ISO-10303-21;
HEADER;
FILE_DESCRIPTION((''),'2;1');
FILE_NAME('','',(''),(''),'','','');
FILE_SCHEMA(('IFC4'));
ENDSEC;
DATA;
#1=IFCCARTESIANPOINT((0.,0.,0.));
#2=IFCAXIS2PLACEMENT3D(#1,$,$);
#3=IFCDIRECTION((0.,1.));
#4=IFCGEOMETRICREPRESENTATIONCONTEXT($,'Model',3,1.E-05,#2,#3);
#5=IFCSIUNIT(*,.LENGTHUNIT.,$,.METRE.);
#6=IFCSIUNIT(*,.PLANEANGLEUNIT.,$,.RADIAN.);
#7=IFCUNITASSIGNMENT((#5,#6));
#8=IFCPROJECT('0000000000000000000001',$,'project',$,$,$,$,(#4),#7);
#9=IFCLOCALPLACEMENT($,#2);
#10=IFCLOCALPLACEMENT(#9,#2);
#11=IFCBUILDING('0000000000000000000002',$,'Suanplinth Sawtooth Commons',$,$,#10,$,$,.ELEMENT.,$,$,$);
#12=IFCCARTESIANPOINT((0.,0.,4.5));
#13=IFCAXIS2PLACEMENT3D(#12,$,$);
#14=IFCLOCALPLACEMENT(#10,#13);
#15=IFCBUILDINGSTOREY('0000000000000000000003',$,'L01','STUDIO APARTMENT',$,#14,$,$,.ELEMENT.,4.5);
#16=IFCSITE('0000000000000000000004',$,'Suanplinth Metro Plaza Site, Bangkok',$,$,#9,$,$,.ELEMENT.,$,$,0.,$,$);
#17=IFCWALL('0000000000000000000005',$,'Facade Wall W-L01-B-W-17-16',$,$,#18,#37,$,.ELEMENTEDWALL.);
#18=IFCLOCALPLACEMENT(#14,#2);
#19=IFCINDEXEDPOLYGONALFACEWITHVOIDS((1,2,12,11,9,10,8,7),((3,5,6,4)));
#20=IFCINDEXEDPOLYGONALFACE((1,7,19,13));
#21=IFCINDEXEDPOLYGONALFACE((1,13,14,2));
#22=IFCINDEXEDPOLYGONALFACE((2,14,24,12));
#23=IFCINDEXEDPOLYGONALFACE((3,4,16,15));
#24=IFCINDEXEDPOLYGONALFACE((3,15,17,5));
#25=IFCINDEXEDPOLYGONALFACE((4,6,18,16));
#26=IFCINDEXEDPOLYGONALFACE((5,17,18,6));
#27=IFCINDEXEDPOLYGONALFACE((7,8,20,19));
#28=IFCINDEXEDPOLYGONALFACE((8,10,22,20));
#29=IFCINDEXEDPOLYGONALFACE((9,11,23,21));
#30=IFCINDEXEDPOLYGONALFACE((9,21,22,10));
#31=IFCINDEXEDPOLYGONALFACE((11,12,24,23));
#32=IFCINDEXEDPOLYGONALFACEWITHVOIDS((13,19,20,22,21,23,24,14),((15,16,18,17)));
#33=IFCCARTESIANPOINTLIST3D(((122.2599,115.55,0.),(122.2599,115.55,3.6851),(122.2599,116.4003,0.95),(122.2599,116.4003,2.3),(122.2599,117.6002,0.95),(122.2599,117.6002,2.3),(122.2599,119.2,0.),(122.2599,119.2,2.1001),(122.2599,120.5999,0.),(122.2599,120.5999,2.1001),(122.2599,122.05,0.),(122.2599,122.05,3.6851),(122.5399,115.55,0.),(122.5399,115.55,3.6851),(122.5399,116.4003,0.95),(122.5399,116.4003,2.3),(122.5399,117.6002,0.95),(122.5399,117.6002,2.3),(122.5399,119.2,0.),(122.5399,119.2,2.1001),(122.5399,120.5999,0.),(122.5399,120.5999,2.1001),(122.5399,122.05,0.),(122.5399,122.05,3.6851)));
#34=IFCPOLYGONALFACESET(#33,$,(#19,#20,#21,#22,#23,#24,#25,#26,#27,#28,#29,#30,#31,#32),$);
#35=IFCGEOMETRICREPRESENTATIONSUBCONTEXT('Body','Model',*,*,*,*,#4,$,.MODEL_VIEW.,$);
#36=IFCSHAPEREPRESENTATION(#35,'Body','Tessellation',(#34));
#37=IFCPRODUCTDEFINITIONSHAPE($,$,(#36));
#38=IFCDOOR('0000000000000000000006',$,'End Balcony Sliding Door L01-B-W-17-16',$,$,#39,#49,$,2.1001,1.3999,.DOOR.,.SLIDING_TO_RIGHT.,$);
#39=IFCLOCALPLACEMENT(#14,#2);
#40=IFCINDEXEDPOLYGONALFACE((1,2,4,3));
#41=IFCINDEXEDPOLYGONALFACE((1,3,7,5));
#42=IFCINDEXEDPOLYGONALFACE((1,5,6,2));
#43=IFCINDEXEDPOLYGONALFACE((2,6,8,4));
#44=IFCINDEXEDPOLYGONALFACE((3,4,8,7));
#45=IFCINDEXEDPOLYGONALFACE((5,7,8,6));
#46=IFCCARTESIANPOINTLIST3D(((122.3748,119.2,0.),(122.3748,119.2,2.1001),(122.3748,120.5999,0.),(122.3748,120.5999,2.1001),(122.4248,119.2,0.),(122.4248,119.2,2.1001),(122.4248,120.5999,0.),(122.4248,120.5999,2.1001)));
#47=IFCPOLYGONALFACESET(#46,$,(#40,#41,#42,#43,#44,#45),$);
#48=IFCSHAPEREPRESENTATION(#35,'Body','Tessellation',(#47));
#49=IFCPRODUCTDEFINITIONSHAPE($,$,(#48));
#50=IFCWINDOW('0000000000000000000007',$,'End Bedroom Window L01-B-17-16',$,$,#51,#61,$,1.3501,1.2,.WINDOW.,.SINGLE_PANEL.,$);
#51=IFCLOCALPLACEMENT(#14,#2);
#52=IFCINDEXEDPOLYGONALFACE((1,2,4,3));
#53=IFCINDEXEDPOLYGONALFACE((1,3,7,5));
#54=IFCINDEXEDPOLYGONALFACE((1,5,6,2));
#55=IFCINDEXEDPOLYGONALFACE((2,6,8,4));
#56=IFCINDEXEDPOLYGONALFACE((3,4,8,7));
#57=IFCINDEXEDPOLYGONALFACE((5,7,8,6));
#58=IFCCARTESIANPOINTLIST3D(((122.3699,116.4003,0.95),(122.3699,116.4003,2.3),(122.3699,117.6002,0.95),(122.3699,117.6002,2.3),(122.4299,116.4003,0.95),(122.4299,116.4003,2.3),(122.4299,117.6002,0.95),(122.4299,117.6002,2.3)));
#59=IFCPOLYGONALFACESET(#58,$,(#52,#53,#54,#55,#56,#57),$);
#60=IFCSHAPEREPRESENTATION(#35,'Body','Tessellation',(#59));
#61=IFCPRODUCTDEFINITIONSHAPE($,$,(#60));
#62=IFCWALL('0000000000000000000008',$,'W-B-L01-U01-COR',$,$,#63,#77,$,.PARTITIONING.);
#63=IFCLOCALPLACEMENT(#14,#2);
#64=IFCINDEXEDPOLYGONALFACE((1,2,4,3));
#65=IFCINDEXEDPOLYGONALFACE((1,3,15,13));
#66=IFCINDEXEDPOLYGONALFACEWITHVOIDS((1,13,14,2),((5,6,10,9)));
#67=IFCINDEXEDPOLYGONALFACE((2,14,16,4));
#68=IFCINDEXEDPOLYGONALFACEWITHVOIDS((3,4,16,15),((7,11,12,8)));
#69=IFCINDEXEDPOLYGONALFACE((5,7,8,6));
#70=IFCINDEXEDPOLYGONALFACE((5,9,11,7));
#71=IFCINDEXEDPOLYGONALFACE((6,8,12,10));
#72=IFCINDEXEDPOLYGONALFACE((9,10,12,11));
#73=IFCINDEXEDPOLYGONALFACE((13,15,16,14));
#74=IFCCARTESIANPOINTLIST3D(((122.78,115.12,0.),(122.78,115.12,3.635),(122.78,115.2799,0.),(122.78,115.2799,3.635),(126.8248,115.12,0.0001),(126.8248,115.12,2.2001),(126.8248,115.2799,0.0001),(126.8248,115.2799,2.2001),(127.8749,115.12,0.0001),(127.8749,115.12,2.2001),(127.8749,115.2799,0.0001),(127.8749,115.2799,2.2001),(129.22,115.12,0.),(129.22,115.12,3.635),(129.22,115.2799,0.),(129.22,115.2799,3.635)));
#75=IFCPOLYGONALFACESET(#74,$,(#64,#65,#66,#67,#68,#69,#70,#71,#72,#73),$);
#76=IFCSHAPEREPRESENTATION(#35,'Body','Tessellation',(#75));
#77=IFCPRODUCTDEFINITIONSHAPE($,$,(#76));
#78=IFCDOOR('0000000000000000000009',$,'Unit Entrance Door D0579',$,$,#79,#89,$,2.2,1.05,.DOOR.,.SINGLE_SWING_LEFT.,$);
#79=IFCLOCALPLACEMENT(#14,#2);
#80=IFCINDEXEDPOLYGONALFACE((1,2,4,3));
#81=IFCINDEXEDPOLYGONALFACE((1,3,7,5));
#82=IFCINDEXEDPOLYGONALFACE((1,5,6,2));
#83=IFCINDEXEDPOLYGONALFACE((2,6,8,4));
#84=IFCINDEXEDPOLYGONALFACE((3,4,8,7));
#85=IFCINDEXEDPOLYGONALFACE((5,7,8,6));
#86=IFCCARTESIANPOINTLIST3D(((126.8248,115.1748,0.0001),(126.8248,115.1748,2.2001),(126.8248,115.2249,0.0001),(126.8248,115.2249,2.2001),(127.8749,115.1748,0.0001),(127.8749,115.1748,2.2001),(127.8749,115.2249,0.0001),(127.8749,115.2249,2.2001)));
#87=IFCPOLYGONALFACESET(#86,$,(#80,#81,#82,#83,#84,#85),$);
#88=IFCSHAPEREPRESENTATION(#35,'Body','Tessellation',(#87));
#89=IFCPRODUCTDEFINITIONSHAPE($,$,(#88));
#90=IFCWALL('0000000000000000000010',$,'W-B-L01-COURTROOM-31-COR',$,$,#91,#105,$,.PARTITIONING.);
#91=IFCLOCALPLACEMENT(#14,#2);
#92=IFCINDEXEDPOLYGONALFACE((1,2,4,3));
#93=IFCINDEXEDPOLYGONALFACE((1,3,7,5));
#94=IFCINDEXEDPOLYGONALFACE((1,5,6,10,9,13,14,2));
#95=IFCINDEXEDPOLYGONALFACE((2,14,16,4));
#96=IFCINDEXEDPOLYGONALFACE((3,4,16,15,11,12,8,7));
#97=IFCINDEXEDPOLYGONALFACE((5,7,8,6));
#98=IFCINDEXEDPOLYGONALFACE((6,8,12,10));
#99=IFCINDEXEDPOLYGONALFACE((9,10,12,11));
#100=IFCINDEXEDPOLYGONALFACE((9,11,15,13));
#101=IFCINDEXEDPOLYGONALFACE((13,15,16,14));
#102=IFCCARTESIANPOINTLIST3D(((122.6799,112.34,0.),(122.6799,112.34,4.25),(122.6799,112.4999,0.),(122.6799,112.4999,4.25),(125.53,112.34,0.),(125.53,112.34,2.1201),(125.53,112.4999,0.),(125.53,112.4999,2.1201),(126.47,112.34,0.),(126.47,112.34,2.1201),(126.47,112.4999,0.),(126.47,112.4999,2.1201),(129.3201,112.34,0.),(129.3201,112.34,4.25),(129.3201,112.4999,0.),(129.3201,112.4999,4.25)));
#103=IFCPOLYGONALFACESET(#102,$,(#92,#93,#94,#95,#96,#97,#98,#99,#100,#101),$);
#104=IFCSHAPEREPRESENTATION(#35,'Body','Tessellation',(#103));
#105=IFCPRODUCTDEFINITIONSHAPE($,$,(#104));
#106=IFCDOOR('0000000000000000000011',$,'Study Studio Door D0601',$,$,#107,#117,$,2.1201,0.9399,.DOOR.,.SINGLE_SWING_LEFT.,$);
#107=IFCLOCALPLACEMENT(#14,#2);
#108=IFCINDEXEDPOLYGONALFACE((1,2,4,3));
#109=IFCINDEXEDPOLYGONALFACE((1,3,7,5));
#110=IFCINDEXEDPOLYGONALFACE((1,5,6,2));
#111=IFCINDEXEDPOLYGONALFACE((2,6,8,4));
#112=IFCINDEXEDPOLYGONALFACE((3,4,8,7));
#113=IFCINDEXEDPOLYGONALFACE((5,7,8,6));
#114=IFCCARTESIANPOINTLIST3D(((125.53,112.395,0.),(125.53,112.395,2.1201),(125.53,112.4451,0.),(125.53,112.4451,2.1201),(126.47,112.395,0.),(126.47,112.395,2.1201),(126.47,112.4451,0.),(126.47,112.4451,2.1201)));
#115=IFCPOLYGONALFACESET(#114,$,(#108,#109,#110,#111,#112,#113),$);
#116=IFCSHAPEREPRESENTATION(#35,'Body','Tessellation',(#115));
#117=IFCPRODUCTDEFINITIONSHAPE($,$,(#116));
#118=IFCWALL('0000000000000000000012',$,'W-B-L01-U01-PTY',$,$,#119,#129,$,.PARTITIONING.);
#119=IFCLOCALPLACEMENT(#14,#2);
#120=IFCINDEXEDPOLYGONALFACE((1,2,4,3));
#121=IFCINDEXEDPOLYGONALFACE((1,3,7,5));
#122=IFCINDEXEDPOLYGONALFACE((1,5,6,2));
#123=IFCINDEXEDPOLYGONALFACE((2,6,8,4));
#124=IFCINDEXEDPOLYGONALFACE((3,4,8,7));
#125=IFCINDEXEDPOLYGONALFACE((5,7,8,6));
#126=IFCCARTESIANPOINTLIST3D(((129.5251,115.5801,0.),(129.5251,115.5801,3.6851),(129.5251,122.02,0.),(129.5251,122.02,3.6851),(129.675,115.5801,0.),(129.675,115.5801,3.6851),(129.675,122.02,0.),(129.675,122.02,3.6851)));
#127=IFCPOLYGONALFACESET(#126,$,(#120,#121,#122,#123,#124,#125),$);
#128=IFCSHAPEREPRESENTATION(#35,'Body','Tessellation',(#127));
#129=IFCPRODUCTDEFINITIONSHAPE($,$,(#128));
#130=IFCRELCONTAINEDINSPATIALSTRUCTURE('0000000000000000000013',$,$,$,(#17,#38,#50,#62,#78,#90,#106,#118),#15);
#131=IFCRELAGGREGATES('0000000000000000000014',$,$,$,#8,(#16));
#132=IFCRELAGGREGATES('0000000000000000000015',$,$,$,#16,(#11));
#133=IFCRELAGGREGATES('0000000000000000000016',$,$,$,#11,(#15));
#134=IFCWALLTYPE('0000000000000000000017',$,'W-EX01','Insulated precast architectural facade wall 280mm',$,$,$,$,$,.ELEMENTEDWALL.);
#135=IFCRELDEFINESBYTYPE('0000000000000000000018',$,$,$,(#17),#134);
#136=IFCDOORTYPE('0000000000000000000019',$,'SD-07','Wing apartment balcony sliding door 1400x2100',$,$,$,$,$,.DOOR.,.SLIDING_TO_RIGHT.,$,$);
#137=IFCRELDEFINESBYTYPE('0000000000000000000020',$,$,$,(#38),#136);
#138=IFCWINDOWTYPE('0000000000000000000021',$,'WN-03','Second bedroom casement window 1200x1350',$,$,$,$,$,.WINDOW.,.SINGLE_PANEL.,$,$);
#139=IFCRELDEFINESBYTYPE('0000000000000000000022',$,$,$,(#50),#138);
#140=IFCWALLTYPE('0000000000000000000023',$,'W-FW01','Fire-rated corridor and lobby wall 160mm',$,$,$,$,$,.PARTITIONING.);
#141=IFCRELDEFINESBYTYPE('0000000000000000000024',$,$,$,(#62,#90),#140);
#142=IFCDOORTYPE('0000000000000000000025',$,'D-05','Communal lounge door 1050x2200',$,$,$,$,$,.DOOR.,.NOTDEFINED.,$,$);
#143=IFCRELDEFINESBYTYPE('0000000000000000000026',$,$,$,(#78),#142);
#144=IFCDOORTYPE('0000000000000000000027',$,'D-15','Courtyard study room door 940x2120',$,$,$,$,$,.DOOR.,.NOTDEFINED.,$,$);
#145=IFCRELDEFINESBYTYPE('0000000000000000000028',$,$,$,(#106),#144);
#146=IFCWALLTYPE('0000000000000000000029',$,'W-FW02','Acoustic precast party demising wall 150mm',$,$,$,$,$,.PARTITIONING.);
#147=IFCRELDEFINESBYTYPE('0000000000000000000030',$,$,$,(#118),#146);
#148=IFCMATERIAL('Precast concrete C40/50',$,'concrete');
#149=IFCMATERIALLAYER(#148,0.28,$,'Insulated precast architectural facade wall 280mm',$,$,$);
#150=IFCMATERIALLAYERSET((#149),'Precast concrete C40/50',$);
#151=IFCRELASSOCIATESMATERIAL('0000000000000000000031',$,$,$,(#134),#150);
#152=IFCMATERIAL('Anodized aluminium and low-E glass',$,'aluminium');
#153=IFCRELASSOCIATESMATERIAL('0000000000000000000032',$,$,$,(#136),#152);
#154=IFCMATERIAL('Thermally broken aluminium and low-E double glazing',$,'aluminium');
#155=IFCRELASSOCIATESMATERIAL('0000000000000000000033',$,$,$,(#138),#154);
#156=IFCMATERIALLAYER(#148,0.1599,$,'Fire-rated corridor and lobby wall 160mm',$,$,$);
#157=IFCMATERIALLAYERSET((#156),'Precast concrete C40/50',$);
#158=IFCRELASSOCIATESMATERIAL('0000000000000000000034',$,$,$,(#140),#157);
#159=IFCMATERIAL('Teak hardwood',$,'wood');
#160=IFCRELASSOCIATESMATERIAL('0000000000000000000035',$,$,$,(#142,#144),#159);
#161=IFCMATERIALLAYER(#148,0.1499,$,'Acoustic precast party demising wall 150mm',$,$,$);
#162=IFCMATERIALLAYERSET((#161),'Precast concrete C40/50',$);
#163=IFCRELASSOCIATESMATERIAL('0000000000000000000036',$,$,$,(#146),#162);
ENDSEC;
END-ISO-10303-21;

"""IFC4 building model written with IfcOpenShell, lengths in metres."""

from ifc_helpers import new_model, si_unit, direction, frame, frame_2d, origin, place, context, subcontext, project, spatial, rectangle, extrude, material, layer, layer_set, type_object, element, fill, save


model = new_model("IFC4")

# Units and contexts
model_context = context("Model", 3, precision=1e-05, world=origin(), true_north=direction((0.0, 1.0)))
body_context = subcontext(model_context, "Body", "Model", "MODEL_VIEW")
ifc_project = project(units=[si_unit("LENGTHUNIT", "METRE"), si_unit("PLANEANGLEUNIT", "RADIAN")], contexts=[model_context])

# Site, building, storey
site_placement = place(None, origin())
site = spatial("IfcSite", under=ifc_project, at=site_placement, Name="Suanplinth Metro Plaza Site, Bangkok", CompositionType="ELEMENT", RefElevation=0.0)
building_placement = place(site_placement, origin())
building = spatial("IfcBuilding", under=site, at=building_placement, Name="Suanplinth Sawtooth Commons", CompositionType="ELEMENT")
storey_placement = place(building_placement, frame((0.0, 0.0, 4.5)))
storey = spatial("IfcBuildingStorey", under=building, at=storey_placement, Name="L01", Description="STUDIO APARTMENT", CompositionType="ELEMENT", Elevation=4.5)

# Shared definitions
ifc_material_1 = material(Name="Precast concrete C40/50", Category="concrete")

# Wall, openings, door, window
ifc_layer_1 = layer(ifc_material_1, 0.28, Name="Insulated precast architectural facade wall 280mm")
ifc_layer_set_1 = layer_set([ifc_layer_1], Name="Precast concrete C40/50")
wall_type_1 = type_object("IfcWallType", Name="W-EX01", Description="Insulated precast architectural facade wall 280mm", PredefinedType="ELEMENTEDWALL", material=ifc_layer_set_1)
ifc_material_2 = material(Name="Anodized aluminium and low-E glass", Category="aluminium")
ifc_material_3 = material(Name="Thermally broken aluminium and low-E double glazing", Category="aluminium")
wall_1_placement = place(storey_placement, frame((122.3999, 115.55, 0.0), z_axis=(0.0, 0.0, 1.0), x_axis=(0.0, 1.0, 0.0)))
wall_1 = element("IfcWall", 1, at=wall_1_placement, inside=storey, type_object=wall_type_1, Name="Facade Wall W-L01-B-W-17-16", PredefinedType="ELEMENTEDWALL", context=body_context, shape_type="SweptSolid", body=[
    extrude(rectangle(XDim=6.5, YDim=0.28, at=frame_2d((3.25, 0.0))), origin(), (0.0, 0.0, 1.0), 3.6851),
])
opening_1_placement = place(wall_1_placement, frame((3.6499, 0.0, 0.0)))
opening_1 = element("IfcOpeningElement", 2, at=opening_1_placement, cuts=wall_1, PredefinedType="OPENING", context=body_context, shape_type="SweptSolid", body=[
    extrude(rectangle(XDim=1.3999, YDim=2.1001, at=frame_2d((0.7, 1.05))), frame((0.0, 0.1548, 0.0), z_axis=(0.0, -1.0, 0.0), x_axis=(1.0, 0.0, 0.0)), (0.0, 0.0, 1.0), 0.3098),
])
opening_2_placement = place(wall_1_placement, frame((0.8501, 0.0, 0.95)))
opening_2 = element("IfcOpeningElement", 3, at=opening_2_placement, cuts=wall_1, PredefinedType="OPENING", context=body_context, shape_type="SweptSolid", body=[
    extrude(rectangle(XDim=1.2, YDim=1.3501, at=frame_2d((0.6001, 0.675))), frame((0.0, 0.1548, 0.0), z_axis=(0.0, -1.0, 0.0), x_axis=(1.0, 0.0, 0.0)), (0.0, 0.0, 1.0), 0.3098),
])
door_type_1 = type_object("IfcDoorType", Name="SD-07", Description="Wing apartment balcony sliding door 1400x2100", OperationType="SLIDING_TO_RIGHT", PredefinedType="DOOR", material=ifc_material_2)
door_1_placement = place(opening_1_placement, frame((1.3999, 0.0, 0.0), z_axis=(0.0, 0.0, 1.0), x_axis=(-1.0, 0.0, 0.0)))
door_1 = element("IfcDoor", 4, at=door_1_placement, inside=storey, type_object=door_type_1, Name="End Balcony Sliding Door L01-B-W-17-16", OperationType="SLIDING_TO_RIGHT", OverallHeight=2.1001, OverallWidth=1.3999, PredefinedType="DOOR", context=body_context, shape_type="SweptSolid", body=[
    extrude(rectangle(XDim=1.3999, YDim=2.1001, at=frame_2d((0.7, 1.05))), frame((0.0, 0.0249, 0.0), z_axis=(0.0, -1.0, 0.0), x_axis=(1.0, 0.0, 0.0)), (0.0, 0.0, 1.0), 0.05),
])
fill(opening_1, door_1)
window_type_1 = type_object("IfcWindowType", Name="WN-03", Description="Second bedroom casement window 1200x1350", PartitioningType="SINGLE_PANEL", PredefinedType="WINDOW", material=ifc_material_3)
window_1_placement = place(opening_2_placement, origin())
window_1 = element("IfcWindow", 5, at=window_1_placement, inside=storey, type_object=window_type_1, Name="End Bedroom Window L01-B-17-16", OverallHeight=1.3501, OverallWidth=1.2, PartitioningType="SINGLE_PANEL", PredefinedType="WINDOW", context=body_context, shape_type="SweptSolid", body=[
    extrude(rectangle(XDim=1.2, YDim=1.3501, at=frame_2d((0.6001, 0.675))), frame((0.0, 0.03, 0.0), z_axis=(0.0, -1.0, 0.0), x_axis=(1.0, 0.0, 0.0)), (0.0, 0.0, 1.0), 0.0601),
])
fill(opening_2, window_1)

# Walls, openings, doors
ifc_layer_2 = layer(ifc_material_1, 0.1599, Name="Fire-rated corridor and lobby wall 160mm")
ifc_layer_set_2 = layer_set([ifc_layer_2], Name="Precast concrete C40/50")
wall_type_2 = type_object("IfcWallType", Name="W-FW01", Description="Fire-rated corridor and lobby wall 160mm", PredefinedType="PARTITIONING", material=ifc_layer_set_2)
wall_2_placement = place(storey_placement, frame((122.78, 115.2, 0.0), z_axis=(0.0, 0.0, 1.0), x_axis=(1.0, 0.0, 0.0)))
wall_2 = element("IfcWall", 6, at=wall_2_placement, inside=storey, type_object=wall_type_2, Name="W-B-L01-U01-COR", PredefinedType="PARTITIONING", context=body_context, shape_type="SweptSolid", body=[
    extrude(rectangle(XDim=6.4399, YDim=0.1599, at=frame_2d((3.22, 0.0))), origin(), (0.0, 0.0, 1.0), 3.635),
])
opening_3_placement = place(wall_2_placement, frame((4.0449, 0.0, 0.0)))
opening_3 = element("IfcOpeningElement", 7, at=opening_3_placement, cuts=wall_2, PredefinedType="OPENING", context=body_context, shape_type="SweptSolid", body=[
    extrude(rectangle(XDim=1.05, YDim=2.2, at=frame_2d((0.5249, 1.1001))), frame((0.0, 0.0947, 0.0), z_axis=(0.0, -1.0, 0.0), x_axis=(1.0, 0.0, 0.0)), (0.0, 0.0, 1.0), 0.1897),
])
ifc_material_4 = material(Name="Teak hardwood", Category="wood")
door_type_2 = type_object("IfcDoorType", Name="D-05", Description="Communal lounge door 1050x2200", OperationType="NOTDEFINED", PredefinedType="DOOR", material=ifc_material_4)
door_2_placement = place(opening_3_placement, origin())
door_2 = element("IfcDoor", 8, at=door_2_placement, inside=storey, type_object=door_type_2, Name="Unit Entrance Door D0579", OperationType="SINGLE_SWING_LEFT", OverallHeight=2.2, OverallWidth=1.05, PredefinedType="DOOR", context=body_context, shape_type="SweptSolid", body=[
    extrude(rectangle(XDim=1.05, YDim=2.2, at=frame_2d((0.5249, 1.1001))), frame((0.0, 0.0249, 0.0), z_axis=(0.0, -1.0, 0.0), x_axis=(1.0, 0.0, 0.0)), (0.0, 0.0, 1.0), 0.05),
])
fill(opening_3, door_2)
wall_3_placement = place(storey_placement, frame((122.6799, 112.4199, 0.0), z_axis=(0.0, 0.0, 1.0), x_axis=(1.0, 0.0, 0.0)))
wall_3 = element("IfcWall", 9, at=wall_3_placement, inside=storey, type_object=wall_type_2, Name="W-B-L01-COURTROOM-31-COR", PredefinedType="PARTITIONING", context=body_context, shape_type="SweptSolid", body=[
    extrude(rectangle(XDim=6.6401, YDim=0.1599, at=frame_2d((3.3201, 0.0))), origin(), (0.0, 0.0, 1.0), 4.25),
])
opening_4_placement = place(wall_3_placement, frame((2.8501, 0.0, 0.0)))
opening_4 = element("IfcOpeningElement", 10, at=opening_4_placement, cuts=wall_3, PredefinedType="OPENING", context=body_context, shape_type="SweptSolid", body=[
    extrude(rectangle(XDim=0.9399, YDim=2.1201, at=frame_2d((0.47, 1.0601))), frame((0.0, 0.0947, 0.0), z_axis=(0.0, -1.0, 0.0), x_axis=(1.0, 0.0, 0.0)), (0.0, 0.0, 1.0), 0.1897),
])
door_type_3 = type_object("IfcDoorType", Name="D-15", Description="Courtyard study room door 940x2120", OperationType="NOTDEFINED", PredefinedType="DOOR", material=ifc_material_4)
door_3_placement = place(opening_4_placement, frame((0.9399, 0.0, 0.0), z_axis=(0.0, 0.0, 1.0), x_axis=(-1.0, 0.0, 0.0)))
door_3 = element("IfcDoor", 11, at=door_3_placement, inside=storey, type_object=door_type_3, Name="Study Studio Door D0601", OperationType="SINGLE_SWING_LEFT", OverallHeight=2.1201, OverallWidth=0.9399, PredefinedType="DOOR", context=body_context, shape_type="SweptSolid", body=[
    extrude(rectangle(XDim=0.9399, YDim=2.1201, at=frame_2d((0.47, 1.0601))), frame((0.0, 0.0249, 0.0), z_axis=(0.0, -1.0, 0.0), x_axis=(1.0, 0.0, 0.0)), (0.0, 0.0, 1.0), 0.05),
])
fill(opening_4, door_3)

# Wall
ifc_layer_3 = layer(ifc_material_1, 0.1499, Name="Acoustic precast party demising wall 150mm")
ifc_layer_set_3 = layer_set([ifc_layer_3], Name="Precast concrete C40/50")
wall_type_3 = type_object("IfcWallType", Name="W-FW02", Description="Acoustic precast party demising wall 150mm", PredefinedType="PARTITIONING", material=ifc_layer_set_3)
wall_4_placement = place(storey_placement, frame((129.6001, 115.5801, 0.0), z_axis=(0.0, 0.0, 1.0), x_axis=(0.0, 1.0, 0.0)))
element("IfcWall", 12, at=wall_4_placement, inside=storey, type_object=wall_type_3, Name="W-B-L01-U01-PTY", PredefinedType="PARTITIONING", context=body_context, shape_type="SweptSolid", body=[
    extrude(rectangle(XDim=6.4399, YDim=0.1499, at=frame_2d((3.22, 0.0))), origin(), (0.0, 0.0, 1.0), 3.6851),
])

save(model, "model.ifc")
